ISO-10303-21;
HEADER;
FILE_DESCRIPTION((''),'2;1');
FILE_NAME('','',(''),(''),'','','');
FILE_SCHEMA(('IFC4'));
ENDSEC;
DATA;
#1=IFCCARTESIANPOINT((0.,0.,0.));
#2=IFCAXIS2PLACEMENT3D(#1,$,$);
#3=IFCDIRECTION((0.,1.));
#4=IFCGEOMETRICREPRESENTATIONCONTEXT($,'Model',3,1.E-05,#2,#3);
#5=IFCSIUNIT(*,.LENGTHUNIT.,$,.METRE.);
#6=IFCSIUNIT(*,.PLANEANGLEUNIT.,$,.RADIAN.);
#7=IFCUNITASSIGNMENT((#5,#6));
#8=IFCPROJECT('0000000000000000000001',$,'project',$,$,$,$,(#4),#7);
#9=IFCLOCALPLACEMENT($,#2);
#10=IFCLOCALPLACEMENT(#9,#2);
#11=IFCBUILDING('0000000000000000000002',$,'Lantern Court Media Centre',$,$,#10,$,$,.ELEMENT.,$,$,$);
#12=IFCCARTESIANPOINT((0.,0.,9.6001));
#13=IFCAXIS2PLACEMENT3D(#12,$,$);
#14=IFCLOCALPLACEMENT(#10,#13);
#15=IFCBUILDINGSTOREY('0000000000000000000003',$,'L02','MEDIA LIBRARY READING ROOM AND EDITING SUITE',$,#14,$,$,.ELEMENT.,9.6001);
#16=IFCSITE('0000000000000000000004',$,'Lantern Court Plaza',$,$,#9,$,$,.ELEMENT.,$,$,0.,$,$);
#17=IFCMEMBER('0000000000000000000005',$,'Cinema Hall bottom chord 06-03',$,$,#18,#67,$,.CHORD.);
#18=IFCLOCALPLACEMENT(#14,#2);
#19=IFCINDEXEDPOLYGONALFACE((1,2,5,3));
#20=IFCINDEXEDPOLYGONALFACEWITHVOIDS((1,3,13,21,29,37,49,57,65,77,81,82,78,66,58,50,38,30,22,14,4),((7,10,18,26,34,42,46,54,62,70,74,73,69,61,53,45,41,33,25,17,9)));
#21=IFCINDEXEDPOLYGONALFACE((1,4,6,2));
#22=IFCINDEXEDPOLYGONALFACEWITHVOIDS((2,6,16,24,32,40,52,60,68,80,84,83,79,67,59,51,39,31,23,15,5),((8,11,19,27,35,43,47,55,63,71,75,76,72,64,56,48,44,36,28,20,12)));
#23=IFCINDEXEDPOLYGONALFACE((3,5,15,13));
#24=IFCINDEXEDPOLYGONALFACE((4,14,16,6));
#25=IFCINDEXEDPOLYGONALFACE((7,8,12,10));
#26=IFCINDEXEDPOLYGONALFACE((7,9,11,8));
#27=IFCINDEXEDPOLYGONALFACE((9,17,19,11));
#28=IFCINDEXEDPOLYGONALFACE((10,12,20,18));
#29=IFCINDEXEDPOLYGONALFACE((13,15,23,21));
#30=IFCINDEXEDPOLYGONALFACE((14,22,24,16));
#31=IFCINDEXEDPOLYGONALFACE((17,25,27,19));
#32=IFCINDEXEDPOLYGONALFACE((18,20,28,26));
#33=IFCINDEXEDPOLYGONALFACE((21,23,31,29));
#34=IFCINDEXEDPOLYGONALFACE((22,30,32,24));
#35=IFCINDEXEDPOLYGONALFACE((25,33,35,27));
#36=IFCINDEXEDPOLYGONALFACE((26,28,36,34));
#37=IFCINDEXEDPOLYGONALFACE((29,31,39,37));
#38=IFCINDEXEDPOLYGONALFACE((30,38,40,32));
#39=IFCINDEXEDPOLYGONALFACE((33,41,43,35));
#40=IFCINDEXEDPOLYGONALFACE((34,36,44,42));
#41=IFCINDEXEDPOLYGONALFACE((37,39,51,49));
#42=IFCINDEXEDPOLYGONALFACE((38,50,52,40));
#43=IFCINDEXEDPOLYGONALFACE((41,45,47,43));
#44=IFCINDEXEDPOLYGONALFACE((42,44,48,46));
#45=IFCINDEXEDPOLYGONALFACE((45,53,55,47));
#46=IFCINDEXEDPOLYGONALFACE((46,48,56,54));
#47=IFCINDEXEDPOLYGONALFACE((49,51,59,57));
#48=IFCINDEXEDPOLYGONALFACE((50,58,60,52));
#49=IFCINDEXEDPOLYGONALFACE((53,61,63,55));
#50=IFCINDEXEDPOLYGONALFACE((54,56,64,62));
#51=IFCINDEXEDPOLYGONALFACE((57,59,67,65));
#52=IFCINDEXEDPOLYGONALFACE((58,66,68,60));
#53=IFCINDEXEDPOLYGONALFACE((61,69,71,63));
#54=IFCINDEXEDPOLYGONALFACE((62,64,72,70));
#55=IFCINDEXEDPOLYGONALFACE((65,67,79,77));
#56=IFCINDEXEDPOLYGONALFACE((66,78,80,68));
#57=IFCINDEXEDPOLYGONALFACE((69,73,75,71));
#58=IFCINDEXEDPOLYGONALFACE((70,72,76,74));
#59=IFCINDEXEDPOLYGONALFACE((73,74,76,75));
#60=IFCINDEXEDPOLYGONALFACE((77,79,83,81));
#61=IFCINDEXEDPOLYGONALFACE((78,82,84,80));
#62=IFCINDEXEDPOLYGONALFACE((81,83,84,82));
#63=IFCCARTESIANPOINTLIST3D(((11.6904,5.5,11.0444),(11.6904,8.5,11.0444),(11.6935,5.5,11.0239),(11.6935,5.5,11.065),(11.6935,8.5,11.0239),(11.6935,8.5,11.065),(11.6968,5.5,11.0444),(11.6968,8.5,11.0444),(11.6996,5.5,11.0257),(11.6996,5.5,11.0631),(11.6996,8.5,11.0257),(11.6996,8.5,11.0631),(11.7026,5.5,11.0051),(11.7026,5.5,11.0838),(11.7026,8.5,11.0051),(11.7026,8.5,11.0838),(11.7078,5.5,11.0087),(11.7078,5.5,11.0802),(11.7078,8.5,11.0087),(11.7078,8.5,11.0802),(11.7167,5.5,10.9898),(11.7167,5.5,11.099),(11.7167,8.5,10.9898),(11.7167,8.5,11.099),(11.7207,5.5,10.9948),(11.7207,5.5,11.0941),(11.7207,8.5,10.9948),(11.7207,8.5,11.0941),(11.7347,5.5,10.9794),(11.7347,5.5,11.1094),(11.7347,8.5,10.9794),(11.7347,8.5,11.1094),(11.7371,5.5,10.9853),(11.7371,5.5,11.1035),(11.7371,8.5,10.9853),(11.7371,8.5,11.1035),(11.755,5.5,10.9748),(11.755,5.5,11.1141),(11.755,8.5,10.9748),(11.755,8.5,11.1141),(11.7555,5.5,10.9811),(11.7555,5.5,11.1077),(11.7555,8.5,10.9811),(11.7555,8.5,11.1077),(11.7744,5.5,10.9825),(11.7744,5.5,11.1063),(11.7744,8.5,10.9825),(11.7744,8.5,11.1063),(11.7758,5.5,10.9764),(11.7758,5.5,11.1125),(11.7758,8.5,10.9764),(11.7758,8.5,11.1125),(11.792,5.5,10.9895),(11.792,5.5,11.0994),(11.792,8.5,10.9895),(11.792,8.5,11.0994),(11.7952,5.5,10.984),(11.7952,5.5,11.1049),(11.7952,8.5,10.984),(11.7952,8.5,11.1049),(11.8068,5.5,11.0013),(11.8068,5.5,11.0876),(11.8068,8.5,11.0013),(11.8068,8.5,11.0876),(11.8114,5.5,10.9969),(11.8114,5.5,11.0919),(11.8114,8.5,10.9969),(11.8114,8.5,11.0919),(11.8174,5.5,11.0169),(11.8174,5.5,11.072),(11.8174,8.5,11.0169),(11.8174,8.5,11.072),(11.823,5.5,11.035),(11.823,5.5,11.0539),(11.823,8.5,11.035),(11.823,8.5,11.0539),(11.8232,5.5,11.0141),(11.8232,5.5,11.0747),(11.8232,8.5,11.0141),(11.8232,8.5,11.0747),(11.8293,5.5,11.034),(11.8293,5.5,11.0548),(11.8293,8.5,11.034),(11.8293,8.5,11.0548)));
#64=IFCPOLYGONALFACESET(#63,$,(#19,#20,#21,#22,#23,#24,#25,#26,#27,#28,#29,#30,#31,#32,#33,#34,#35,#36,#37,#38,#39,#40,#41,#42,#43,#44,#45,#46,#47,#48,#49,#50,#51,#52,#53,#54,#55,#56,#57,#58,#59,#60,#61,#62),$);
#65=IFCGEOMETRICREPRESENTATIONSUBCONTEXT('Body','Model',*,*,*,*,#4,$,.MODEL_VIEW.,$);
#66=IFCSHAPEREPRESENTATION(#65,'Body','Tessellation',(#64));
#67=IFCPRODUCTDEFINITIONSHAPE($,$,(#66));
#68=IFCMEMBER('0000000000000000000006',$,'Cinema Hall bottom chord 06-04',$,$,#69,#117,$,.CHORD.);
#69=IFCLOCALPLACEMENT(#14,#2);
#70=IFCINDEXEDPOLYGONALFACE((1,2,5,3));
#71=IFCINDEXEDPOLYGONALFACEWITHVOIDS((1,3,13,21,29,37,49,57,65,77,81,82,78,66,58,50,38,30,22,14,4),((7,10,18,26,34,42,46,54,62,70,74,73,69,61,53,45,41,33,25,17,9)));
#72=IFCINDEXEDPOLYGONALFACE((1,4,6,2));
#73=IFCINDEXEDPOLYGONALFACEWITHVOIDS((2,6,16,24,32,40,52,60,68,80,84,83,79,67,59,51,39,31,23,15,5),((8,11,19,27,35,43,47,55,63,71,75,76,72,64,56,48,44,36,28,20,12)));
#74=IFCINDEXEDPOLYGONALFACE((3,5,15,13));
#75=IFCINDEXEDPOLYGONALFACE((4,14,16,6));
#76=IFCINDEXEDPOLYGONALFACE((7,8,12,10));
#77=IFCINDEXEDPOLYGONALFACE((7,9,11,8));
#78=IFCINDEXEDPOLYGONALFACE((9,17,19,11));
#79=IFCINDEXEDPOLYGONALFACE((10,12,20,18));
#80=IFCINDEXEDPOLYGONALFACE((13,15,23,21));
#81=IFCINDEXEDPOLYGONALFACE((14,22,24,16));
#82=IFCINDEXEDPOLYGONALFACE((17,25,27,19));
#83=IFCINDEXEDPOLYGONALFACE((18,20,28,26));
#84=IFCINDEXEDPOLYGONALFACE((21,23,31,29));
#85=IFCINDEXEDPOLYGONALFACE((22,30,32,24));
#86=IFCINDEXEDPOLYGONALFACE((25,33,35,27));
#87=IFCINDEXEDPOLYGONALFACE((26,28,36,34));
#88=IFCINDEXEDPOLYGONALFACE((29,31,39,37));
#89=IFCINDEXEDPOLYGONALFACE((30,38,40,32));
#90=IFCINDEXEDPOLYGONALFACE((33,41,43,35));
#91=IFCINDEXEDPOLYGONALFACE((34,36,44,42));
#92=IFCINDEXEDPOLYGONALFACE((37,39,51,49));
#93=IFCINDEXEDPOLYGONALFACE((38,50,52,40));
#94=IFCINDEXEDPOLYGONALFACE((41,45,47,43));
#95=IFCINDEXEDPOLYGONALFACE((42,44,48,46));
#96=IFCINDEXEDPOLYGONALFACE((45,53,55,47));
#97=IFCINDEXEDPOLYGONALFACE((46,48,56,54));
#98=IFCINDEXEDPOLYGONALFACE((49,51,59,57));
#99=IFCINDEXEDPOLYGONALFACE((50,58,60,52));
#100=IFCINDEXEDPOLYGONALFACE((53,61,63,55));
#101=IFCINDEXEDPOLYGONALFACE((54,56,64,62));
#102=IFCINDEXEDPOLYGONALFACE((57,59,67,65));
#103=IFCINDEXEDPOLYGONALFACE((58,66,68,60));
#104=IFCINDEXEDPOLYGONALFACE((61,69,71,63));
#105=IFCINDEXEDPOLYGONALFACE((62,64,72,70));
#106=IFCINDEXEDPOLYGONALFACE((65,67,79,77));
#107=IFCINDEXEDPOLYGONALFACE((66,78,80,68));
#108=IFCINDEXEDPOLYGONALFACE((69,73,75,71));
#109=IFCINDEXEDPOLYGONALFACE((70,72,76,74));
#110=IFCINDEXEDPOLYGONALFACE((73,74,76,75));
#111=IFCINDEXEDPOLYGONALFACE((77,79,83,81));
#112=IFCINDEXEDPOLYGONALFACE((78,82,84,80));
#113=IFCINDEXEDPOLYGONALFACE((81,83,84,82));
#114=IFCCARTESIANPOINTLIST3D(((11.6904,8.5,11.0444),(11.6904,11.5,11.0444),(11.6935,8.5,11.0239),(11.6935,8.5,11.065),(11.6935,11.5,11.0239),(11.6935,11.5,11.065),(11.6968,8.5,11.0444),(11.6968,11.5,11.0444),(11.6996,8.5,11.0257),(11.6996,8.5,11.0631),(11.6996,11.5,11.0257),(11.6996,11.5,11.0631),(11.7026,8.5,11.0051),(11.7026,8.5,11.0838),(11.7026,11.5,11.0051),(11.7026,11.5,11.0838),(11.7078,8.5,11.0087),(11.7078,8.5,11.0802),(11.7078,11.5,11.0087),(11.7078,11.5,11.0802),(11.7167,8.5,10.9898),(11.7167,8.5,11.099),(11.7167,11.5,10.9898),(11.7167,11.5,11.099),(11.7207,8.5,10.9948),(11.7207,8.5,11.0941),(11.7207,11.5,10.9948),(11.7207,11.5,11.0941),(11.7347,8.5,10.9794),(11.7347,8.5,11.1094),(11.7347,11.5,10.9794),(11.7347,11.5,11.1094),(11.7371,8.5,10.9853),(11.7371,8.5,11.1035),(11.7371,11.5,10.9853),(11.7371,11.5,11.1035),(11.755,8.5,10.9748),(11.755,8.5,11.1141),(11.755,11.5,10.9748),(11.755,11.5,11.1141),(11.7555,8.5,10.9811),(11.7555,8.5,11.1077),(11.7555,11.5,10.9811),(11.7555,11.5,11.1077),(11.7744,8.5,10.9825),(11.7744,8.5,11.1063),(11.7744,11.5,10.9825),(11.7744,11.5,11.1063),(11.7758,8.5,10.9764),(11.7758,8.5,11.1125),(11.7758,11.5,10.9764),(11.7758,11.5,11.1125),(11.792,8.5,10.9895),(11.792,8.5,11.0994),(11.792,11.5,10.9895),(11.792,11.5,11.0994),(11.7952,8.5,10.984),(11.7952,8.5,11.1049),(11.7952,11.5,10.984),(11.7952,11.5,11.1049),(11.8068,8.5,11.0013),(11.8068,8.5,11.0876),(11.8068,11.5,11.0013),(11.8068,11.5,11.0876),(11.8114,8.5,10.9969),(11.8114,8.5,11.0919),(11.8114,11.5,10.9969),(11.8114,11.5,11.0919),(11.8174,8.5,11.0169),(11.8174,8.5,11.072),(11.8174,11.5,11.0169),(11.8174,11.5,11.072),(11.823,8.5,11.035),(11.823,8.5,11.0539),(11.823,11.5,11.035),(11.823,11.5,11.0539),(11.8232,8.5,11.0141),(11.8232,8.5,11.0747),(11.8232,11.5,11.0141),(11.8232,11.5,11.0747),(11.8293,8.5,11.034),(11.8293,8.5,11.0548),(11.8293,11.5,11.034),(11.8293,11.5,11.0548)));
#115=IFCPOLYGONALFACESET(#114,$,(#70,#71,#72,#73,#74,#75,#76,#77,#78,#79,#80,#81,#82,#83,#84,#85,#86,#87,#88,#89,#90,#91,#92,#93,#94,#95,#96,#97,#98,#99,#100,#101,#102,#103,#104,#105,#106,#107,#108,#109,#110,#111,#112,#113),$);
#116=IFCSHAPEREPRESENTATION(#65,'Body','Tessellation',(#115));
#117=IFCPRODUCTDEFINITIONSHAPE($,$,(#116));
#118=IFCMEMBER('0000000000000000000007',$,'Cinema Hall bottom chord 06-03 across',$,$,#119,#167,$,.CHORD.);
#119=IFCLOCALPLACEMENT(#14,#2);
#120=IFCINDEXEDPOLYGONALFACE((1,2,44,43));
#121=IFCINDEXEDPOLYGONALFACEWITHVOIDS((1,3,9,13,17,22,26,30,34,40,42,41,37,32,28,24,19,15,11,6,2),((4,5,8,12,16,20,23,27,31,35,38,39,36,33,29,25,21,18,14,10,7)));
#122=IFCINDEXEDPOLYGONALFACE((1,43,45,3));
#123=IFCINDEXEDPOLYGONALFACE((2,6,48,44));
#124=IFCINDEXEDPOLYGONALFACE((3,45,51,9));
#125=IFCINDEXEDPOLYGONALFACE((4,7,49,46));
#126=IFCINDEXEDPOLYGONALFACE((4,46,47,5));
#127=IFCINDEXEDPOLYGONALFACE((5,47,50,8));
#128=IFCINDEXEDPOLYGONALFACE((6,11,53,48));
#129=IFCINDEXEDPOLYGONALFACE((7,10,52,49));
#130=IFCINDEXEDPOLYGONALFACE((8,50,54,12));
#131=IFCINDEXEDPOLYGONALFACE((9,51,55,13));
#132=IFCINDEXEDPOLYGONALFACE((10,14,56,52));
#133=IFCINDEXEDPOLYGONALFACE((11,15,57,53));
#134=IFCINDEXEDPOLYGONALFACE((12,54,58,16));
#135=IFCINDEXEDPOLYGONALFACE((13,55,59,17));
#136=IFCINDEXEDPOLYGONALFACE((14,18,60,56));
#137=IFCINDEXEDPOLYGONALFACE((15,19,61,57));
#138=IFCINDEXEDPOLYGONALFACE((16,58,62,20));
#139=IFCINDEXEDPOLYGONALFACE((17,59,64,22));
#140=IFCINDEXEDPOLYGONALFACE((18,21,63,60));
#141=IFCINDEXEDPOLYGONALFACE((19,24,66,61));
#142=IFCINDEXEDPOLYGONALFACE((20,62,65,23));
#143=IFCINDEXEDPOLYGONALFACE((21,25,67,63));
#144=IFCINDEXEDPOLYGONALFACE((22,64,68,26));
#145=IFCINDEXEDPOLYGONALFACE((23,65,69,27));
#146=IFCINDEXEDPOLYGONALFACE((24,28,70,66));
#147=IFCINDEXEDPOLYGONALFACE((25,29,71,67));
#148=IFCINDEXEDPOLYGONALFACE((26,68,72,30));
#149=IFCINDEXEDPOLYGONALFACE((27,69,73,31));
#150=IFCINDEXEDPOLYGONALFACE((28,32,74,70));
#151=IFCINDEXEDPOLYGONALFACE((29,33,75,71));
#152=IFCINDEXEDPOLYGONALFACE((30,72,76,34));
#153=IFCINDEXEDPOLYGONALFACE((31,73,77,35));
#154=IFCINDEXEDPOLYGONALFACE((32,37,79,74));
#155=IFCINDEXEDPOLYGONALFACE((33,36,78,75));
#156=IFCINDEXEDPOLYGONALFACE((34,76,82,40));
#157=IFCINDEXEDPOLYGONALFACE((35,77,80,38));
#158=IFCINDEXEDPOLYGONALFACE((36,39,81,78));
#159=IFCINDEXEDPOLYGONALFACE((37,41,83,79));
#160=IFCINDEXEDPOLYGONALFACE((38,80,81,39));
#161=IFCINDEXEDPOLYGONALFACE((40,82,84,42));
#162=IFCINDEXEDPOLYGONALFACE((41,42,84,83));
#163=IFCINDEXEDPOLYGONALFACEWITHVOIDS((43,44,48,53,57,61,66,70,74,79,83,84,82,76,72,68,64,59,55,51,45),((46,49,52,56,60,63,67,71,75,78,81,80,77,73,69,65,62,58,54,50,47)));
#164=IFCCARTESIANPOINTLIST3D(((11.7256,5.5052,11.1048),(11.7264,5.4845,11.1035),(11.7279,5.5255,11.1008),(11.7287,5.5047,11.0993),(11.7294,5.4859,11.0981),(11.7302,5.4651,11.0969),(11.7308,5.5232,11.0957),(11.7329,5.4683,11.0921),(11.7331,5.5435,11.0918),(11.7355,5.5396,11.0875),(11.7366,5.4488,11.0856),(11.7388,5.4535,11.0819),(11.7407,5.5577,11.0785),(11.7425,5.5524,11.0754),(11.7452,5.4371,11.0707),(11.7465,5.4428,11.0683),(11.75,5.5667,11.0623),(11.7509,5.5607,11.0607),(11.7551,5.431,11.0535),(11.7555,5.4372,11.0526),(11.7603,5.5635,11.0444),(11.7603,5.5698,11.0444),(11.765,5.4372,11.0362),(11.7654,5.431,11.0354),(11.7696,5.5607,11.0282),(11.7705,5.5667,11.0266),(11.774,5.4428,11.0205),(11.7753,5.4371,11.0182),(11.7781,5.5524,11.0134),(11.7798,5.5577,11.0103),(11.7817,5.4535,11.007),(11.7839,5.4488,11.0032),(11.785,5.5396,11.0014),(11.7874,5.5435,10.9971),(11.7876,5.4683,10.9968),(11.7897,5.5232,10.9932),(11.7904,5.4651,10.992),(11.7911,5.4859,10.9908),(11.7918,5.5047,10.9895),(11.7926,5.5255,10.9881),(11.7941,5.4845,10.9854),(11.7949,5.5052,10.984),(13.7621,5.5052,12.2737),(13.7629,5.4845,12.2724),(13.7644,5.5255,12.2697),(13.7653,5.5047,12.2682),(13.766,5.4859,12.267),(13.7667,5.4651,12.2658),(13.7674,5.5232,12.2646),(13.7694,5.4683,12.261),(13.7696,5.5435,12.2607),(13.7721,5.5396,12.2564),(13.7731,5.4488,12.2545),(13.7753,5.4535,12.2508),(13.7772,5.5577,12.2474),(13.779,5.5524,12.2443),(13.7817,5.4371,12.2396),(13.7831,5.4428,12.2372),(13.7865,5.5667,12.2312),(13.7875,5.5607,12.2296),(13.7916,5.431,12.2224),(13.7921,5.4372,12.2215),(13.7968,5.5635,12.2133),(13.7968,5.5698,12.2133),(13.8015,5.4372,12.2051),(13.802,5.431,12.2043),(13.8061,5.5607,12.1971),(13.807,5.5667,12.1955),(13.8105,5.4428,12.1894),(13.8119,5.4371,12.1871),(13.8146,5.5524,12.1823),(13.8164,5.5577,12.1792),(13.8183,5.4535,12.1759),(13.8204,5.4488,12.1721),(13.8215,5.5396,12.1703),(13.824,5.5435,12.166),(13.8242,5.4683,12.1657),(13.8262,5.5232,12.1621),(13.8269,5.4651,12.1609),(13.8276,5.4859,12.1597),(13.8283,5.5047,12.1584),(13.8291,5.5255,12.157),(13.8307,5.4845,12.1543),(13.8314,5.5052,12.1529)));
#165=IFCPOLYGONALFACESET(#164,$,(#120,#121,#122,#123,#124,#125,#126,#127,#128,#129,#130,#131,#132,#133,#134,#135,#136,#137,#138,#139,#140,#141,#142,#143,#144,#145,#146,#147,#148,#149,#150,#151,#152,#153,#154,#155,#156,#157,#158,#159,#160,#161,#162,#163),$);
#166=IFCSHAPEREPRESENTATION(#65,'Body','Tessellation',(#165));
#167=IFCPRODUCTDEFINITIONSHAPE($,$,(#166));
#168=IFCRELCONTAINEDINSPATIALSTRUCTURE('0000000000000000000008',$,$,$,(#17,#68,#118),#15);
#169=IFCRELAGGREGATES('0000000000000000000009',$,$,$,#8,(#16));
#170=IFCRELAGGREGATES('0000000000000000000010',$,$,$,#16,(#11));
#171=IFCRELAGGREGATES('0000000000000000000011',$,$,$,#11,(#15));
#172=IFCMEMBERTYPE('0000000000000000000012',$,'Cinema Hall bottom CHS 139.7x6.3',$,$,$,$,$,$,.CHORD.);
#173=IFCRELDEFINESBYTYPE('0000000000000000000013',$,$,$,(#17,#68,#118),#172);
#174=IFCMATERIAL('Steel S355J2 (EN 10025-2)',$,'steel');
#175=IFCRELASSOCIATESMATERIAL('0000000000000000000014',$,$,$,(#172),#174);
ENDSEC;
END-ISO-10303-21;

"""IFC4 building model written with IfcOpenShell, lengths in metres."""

from ifc_helpers import new_model, si_unit, direction, frame, origin, origin_2d, place, context, subcontext, project, spatial, hollow_circle, extrude, material, material_profile, profile_set, type_object, element, save


model = new_model("IFC4")

# Units and contexts
model_context = context("Model", 3, precision=1e-05, world=origin(), true_north=direction((0.0, 1.0)))
body_context = subcontext(model_context, "Body", "Model", "MODEL_VIEW")
ifc_project = project(units=[si_unit("LENGTHUNIT", "METRE"), si_unit("PLANEANGLEUNIT", "RADIAN")], contexts=[model_context])

# Site, building, storey
site_placement = place(None, origin())
site = spatial("IfcSite", under=ifc_project, at=site_placement, Name="Lantern Court Plaza", CompositionType="ELEMENT", RefElevation=0.0)
building_placement = place(site_placement, origin())
building = spatial("IfcBuilding", under=site, at=building_placement, Name="Lantern Court Media Centre", CompositionType="ELEMENT")
storey_placement = place(building_placement, frame((0.0, 0.0, 9.6001)))
storey = spatial("IfcBuildingStorey", under=building, at=storey_placement, Name="L02", Description="MEDIA LIBRARY READING ROOM AND EDITING SUITE", CompositionType="ELEMENT", Elevation=9.6001)

# Members
ifc_material = material(Name="Steel S355J2 (EN 10025-2)", Category="steel")
ifc_material_profile_1 = material_profile(ifc_material, hollow_circle(Radius=0.0698, WallThickness=0.0063, at=origin_2d()), Name="Cinema Hall bottom CHS 139.7x6.3")
ifc_profile_set_1 = profile_set([ifc_material_profile_1], Name="Steel S355J2 (EN 10025-2)")
member_type_1 = type_object("IfcMemberType", Name="Cinema Hall bottom CHS 139.7x6.3", PredefinedType="CHORD", material=ifc_profile_set_1)
for number, where, z_axis, x_axis, name in (
    (1, (11.7603, 5.5, 11.0444), (0.0, 1.0, 0.0), (-1.0, 0.0, 0.0), "Cinema Hall bottom chord 06-03"),
    (2, (11.7603, 8.5, 11.0444), (0.0, 1.0, 0.0), (-1.0, 0.0, 0.0), "Cinema Hall bottom chord 06-04"),
):
    element("IfcMember", number, at=place(storey_placement, frame(where, z_axis=z_axis, x_axis=x_axis)), inside=storey, type_object=member_type_1, Name=name, PredefinedType="CHORD", context=body_context, shape_type="SweptSolid", body=[
        extrude(hollow_circle(Radius=0.0698, WallThickness=0.0063, at=origin_2d()), origin(), (0.0, 0.0, 1.0), 3.0),
    ])
for number, where, z_axis, x_axis, name in (
    (3, (11.7603, 5.5, 11.0444), (0.867295, 0.0, 0.497795), (0.0, 1.0, 0.0), "Cinema Hall bottom chord 06-03 across"),
):
    element("IfcMember", number, at=place(storey_placement, frame(where, z_axis=z_axis, x_axis=x_axis)), inside=storey, type_object=member_type_1, Name=name, PredefinedType="CHORD", context=body_context, shape_type="SweptSolid", body=[
        extrude(hollow_circle(Radius=0.0698, WallThickness=0.0063, at=origin_2d()), origin(), (0.0, 0.0, 1.0), 2.3481),
    ])

save(model, "model.ifc")
